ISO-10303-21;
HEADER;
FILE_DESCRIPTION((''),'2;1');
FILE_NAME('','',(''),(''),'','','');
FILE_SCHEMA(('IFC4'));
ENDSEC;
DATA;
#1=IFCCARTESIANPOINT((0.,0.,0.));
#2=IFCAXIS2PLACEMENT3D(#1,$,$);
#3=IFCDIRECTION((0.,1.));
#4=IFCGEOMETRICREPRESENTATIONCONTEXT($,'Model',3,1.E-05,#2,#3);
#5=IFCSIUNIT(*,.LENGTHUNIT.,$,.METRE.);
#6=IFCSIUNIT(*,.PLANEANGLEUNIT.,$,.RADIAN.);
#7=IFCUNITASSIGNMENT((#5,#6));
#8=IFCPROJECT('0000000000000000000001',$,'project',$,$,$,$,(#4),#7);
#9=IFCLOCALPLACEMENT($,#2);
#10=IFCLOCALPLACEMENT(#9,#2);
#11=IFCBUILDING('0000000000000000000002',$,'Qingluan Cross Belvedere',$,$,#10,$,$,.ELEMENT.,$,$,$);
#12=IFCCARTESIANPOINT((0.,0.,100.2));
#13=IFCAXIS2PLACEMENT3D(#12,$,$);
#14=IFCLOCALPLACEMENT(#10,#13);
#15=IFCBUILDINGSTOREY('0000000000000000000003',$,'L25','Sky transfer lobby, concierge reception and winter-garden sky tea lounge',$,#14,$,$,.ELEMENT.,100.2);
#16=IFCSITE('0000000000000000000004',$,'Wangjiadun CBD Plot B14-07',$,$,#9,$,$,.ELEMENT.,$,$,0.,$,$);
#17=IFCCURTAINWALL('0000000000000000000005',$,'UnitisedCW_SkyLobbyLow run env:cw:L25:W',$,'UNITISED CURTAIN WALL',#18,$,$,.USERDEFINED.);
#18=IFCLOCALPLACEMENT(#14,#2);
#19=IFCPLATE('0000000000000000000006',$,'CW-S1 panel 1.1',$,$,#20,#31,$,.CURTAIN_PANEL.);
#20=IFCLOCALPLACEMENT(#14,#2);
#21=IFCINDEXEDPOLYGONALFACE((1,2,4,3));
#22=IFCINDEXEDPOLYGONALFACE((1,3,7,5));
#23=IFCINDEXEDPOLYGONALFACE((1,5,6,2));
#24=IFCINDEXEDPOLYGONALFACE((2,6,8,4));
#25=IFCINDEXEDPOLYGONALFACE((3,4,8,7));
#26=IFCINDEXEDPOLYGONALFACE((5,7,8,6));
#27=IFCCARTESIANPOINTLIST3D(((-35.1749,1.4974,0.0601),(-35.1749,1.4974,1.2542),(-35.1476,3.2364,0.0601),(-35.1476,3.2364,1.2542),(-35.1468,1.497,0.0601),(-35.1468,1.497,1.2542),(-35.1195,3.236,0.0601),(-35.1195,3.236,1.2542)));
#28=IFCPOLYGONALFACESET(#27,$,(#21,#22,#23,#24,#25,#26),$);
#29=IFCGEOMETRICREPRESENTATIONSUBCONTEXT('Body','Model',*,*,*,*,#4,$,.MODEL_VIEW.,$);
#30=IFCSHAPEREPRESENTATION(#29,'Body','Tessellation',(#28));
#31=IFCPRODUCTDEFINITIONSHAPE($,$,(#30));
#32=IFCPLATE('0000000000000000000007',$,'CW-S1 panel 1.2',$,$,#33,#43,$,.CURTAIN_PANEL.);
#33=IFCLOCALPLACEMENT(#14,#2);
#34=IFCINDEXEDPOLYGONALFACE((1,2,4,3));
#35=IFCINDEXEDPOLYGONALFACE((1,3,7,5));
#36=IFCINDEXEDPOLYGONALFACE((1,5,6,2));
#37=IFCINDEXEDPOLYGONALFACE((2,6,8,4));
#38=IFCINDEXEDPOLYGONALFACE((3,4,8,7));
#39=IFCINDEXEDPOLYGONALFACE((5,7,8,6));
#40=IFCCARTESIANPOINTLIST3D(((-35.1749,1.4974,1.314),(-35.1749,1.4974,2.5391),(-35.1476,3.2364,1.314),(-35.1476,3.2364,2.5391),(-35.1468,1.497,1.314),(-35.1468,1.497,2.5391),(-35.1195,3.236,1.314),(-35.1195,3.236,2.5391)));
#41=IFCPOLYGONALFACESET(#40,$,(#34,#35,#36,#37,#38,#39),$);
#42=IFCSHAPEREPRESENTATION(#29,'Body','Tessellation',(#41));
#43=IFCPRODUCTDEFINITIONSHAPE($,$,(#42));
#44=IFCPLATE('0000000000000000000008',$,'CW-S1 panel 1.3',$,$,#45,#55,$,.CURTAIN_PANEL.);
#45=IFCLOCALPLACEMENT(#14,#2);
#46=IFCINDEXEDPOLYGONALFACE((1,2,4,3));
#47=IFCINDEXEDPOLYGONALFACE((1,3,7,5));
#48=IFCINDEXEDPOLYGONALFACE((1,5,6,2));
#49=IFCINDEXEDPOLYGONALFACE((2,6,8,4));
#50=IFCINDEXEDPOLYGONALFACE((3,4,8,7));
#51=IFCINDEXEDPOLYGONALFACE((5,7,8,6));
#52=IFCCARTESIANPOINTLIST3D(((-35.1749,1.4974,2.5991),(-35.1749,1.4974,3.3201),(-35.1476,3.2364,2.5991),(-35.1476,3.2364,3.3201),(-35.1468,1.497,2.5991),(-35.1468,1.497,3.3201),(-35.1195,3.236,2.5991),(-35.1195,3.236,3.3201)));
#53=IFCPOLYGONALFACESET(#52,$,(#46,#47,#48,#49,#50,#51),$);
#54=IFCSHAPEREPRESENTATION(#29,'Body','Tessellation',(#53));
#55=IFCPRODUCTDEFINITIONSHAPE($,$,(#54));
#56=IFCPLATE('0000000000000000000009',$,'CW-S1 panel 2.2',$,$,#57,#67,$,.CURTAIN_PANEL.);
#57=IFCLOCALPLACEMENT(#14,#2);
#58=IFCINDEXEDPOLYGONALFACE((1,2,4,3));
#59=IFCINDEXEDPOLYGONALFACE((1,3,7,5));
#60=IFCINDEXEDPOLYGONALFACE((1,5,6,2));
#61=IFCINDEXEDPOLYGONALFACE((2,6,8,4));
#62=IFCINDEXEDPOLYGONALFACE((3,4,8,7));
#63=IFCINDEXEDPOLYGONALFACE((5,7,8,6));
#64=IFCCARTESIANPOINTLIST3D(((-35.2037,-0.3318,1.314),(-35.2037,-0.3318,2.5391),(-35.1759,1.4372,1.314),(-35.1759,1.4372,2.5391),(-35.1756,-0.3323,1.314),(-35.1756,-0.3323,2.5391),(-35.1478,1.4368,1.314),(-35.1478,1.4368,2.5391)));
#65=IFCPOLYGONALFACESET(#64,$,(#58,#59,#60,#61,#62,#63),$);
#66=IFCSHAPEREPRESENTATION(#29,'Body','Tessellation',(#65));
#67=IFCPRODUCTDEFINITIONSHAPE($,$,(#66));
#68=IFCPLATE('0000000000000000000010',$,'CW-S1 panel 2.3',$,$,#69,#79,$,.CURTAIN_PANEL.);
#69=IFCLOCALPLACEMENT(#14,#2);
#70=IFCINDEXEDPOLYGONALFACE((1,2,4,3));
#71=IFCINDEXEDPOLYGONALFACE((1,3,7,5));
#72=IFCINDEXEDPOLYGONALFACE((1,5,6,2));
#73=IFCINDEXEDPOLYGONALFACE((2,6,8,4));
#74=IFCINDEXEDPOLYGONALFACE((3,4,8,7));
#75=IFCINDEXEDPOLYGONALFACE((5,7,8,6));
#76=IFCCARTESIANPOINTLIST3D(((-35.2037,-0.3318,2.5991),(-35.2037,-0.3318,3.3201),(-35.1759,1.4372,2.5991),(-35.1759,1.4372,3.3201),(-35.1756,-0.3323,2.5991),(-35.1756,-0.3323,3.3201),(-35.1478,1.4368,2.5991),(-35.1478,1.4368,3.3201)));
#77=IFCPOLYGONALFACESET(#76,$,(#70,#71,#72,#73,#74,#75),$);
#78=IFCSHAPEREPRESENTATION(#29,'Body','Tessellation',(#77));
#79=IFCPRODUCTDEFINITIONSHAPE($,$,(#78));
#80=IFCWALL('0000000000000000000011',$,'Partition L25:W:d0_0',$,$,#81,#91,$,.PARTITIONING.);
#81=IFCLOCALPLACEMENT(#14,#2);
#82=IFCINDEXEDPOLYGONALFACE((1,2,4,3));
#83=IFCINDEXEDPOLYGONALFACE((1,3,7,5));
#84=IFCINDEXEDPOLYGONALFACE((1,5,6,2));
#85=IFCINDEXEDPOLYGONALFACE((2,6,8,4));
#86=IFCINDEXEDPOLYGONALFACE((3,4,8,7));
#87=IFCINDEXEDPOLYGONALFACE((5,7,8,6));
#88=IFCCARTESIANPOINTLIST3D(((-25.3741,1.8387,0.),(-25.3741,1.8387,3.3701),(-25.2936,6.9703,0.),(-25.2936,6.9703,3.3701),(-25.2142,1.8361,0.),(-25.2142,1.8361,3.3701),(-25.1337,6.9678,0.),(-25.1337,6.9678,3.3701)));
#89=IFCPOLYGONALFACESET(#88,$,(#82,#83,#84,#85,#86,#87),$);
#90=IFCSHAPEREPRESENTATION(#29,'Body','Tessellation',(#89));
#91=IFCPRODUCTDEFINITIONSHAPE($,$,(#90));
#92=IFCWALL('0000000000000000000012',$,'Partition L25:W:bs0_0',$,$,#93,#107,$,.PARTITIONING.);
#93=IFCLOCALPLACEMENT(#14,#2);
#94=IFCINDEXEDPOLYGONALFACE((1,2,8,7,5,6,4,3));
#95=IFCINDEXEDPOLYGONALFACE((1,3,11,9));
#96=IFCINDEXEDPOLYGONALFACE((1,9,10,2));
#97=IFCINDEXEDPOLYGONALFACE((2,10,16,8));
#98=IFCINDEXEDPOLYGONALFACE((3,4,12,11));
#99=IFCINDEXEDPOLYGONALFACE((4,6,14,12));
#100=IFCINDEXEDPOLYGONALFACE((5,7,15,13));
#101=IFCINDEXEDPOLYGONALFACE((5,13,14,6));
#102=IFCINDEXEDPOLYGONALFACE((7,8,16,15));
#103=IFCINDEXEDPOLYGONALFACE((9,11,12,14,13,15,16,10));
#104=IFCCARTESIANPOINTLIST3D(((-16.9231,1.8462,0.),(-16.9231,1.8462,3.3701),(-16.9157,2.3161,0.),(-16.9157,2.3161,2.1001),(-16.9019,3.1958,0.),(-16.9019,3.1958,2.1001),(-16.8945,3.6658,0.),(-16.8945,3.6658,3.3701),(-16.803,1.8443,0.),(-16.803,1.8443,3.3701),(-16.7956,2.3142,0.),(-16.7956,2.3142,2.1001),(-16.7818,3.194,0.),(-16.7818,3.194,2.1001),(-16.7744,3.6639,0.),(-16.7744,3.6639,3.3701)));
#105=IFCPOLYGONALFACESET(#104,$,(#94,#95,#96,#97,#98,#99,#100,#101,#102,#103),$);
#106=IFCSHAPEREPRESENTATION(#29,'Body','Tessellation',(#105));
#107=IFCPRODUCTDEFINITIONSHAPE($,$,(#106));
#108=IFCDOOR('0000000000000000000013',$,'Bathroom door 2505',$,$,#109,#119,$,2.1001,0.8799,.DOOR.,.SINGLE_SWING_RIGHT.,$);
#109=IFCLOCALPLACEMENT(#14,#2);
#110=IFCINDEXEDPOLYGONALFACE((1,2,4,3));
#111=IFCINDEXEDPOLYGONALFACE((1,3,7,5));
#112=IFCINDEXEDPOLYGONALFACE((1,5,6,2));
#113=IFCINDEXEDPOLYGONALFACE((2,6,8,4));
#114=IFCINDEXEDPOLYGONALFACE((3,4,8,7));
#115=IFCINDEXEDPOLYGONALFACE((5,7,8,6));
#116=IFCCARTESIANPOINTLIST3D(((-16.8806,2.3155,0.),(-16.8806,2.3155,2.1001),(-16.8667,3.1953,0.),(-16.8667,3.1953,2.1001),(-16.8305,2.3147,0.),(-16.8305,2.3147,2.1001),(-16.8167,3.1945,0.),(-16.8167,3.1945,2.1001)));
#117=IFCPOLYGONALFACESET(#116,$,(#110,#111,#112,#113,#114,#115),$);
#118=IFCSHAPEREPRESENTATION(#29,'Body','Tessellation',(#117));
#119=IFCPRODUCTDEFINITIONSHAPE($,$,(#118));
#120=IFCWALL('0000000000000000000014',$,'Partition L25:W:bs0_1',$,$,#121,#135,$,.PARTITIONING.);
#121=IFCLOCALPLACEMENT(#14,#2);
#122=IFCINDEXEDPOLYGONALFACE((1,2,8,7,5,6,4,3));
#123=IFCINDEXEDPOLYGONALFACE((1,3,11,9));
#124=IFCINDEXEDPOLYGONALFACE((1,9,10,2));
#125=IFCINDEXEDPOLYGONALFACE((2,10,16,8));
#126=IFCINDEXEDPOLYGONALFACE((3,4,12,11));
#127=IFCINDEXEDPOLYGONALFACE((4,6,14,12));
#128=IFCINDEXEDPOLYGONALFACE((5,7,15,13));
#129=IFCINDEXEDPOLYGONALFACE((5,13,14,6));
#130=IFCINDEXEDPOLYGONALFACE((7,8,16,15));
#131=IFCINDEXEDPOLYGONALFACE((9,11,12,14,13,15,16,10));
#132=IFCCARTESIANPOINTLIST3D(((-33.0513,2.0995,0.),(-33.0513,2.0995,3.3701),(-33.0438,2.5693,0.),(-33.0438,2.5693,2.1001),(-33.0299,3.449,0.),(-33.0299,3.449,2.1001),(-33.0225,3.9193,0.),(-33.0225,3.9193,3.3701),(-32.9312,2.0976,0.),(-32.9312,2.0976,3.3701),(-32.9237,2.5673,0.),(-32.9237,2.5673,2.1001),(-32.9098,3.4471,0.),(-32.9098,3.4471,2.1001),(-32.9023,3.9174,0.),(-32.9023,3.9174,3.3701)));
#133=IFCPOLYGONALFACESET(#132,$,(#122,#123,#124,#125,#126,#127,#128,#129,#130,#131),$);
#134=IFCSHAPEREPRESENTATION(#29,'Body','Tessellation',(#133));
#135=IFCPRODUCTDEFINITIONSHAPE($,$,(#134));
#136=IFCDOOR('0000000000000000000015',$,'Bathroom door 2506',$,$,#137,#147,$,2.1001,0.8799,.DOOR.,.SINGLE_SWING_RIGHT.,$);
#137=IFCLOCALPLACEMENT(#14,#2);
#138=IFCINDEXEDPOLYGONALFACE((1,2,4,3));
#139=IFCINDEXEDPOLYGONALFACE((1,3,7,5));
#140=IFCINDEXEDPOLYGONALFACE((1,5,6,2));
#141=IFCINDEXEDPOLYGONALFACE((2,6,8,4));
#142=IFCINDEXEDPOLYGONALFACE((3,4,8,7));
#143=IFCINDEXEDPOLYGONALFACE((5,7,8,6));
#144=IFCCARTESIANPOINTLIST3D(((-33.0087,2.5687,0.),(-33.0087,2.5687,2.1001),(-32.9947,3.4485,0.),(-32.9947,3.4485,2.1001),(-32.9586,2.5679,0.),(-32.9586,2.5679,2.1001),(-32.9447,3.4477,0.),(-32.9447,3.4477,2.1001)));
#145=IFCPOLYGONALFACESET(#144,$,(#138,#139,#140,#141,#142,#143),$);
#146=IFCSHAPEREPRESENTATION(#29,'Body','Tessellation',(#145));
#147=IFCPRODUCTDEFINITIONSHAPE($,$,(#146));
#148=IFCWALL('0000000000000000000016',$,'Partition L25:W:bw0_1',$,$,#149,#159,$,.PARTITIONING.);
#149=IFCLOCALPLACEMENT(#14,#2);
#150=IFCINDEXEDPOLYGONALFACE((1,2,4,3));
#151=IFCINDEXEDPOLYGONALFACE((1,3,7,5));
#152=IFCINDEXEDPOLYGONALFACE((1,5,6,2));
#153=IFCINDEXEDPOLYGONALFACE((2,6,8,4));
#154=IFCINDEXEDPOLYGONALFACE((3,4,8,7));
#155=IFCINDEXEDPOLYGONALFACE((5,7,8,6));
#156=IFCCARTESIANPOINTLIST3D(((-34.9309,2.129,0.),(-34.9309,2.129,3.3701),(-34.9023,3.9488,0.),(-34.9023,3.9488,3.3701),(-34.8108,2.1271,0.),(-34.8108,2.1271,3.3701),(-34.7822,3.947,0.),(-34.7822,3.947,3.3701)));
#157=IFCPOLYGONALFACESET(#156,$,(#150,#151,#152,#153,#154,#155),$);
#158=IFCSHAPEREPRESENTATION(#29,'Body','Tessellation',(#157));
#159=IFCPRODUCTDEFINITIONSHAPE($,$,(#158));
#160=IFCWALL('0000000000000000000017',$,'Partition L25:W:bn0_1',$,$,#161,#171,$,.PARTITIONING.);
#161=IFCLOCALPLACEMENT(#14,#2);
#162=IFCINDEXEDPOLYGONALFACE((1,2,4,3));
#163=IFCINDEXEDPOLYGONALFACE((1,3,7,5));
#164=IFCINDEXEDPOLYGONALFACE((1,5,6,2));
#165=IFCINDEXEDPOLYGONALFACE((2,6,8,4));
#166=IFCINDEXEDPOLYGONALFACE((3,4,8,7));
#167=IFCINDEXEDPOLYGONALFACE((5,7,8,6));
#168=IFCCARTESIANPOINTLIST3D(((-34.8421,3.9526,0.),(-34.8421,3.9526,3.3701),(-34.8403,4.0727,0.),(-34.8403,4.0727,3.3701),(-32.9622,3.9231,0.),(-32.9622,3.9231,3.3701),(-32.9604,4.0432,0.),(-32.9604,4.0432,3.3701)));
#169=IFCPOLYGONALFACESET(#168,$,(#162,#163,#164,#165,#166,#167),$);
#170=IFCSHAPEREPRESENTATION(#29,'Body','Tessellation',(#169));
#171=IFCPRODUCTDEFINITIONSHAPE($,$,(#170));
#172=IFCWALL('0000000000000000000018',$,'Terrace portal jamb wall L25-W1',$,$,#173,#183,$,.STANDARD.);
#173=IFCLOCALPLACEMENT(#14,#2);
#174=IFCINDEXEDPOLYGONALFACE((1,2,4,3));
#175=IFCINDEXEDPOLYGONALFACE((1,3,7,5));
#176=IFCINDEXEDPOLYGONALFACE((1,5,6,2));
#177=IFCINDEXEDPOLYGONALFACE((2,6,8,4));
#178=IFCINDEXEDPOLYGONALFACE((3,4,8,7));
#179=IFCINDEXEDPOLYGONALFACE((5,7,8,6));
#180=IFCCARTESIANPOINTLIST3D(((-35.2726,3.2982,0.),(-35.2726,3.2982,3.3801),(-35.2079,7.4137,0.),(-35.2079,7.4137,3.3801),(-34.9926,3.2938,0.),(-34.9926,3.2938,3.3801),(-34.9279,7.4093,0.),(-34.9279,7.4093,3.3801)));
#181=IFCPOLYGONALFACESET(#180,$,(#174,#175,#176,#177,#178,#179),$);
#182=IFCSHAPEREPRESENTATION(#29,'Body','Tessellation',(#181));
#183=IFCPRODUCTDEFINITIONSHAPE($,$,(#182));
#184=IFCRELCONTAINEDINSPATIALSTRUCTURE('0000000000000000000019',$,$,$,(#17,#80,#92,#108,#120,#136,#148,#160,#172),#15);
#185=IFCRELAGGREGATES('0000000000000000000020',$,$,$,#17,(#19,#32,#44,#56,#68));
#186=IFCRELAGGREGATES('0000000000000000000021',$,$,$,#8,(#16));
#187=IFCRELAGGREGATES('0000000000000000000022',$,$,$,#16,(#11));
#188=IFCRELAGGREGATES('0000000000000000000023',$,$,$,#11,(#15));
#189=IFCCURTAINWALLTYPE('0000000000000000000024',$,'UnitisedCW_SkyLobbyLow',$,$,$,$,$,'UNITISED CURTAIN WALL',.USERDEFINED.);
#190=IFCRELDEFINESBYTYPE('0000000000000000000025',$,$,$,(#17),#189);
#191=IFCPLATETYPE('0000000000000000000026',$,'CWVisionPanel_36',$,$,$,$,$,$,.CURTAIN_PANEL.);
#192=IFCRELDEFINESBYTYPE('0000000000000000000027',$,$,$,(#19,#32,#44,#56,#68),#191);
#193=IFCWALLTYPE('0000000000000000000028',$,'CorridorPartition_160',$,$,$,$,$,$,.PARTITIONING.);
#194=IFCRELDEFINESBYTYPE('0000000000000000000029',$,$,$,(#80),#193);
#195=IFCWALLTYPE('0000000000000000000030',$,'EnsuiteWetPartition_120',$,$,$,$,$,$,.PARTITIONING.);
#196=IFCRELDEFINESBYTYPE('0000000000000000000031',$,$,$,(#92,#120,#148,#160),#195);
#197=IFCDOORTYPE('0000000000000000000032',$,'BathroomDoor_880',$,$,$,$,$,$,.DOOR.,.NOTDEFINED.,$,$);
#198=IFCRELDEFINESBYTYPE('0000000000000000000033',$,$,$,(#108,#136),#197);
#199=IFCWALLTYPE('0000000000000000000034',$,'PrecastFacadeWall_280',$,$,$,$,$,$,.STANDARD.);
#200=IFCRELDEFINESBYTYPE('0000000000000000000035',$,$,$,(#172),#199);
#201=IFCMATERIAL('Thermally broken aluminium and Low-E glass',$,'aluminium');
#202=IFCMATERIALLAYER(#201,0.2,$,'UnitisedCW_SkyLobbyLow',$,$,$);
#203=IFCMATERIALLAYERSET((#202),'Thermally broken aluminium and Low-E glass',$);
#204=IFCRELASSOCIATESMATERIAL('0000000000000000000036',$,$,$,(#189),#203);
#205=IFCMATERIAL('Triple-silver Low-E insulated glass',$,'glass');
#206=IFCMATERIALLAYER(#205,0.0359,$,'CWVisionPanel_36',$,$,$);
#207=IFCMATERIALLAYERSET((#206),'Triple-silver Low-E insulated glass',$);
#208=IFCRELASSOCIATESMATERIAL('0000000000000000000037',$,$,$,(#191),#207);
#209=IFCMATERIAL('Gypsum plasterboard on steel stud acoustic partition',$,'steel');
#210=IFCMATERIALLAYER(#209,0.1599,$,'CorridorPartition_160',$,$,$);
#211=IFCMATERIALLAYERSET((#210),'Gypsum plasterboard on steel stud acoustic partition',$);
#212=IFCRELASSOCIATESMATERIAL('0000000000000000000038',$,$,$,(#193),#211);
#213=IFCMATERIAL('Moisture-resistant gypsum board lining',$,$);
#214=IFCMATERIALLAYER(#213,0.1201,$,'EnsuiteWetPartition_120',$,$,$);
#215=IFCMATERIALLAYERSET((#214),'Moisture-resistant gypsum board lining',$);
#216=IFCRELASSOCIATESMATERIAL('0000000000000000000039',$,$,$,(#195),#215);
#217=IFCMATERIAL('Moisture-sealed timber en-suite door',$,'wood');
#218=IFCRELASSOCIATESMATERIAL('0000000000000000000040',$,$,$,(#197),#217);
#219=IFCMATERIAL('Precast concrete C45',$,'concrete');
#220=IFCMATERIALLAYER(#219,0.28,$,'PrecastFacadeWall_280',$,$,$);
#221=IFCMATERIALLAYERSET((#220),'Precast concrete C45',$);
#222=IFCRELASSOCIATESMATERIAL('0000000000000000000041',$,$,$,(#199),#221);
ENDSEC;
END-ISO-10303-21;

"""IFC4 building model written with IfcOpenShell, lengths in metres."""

from ifc_helpers import new_model, si_unit, direction, frame, frame_2d, origin, origin_2d, place, context, subcontext, project, spatial, rectangle, extrude, material, layer, layer_set, type_object, element, fill, aggregate, save


model = new_model("IFC4")

# Units and contexts
model_context = context("Model", 3, precision=1e-05, world=origin(), true_north=direction((0.0, 1.0)))
body_context = subcontext(model_context, "Body", "Model", "MODEL_VIEW")
ifc_project = project(units=[si_unit("LENGTHUNIT", "METRE"), si_unit("PLANEANGLEUNIT", "RADIAN")], contexts=[model_context])

# Site, building, storey
site_placement = place(None, origin())
site = spatial("IfcSite", under=ifc_project, at=site_placement, Name="Wangjiadun CBD Plot B14-07", CompositionType="ELEMENT", RefElevation=0.0)
building_placement = place(site_placement, origin())
building = spatial("IfcBuilding", under=site, at=building_placement, Name="Qingluan Cross Belvedere", CompositionType="ELEMENT")
storey_placement = place(building_placement, frame((0.0, 0.0, 100.2)))
storey = spatial("IfcBuildingStorey", under=building, at=storey_placement, Name="L25", Description="Sky transfer lobby, concierge reception and winter-garden sky tea lounge", CompositionType="ELEMENT", Elevation=100.2)

# Curtain wall
ifc_material_1 = material(Name="Thermally broken aluminium and Low-E glass", Category="aluminium")
ifc_layer_1 = layer(ifc_material_1, 0.2, Name="UnitisedCW_SkyLobbyLow")
ifc_layer_set_1 = layer_set([ifc_layer_1], Name="Thermally broken aluminium and Low-E glass")
curtain_wall_type = type_object("IfcCurtainWallType", Name="UnitisedCW_SkyLobbyLow", ElementType="UNITISED CURTAIN WALL", PredefinedType="USERDEFINED", material=ifc_layer_set_1)
curtain_wall_placement = place(storey_placement, origin())
curtain_wall = element("IfcCurtainWall", 1, at=curtain_wall_placement, inside=storey, type_object=curtain_wall_type, Name="UnitisedCW_SkyLobbyLow run env:cw:L25:W", ObjectType="UNITISED CURTAIN WALL", PredefinedType="USERDEFINED")

# Plates
ifc_material_2 = material(Name="Triple-silver Low-E insulated glass", Category="glass")
ifc_layer_2 = layer(ifc_material_2, 0.0359, Name="CWVisionPanel_36")
ifc_layer_set_2 = layer_set([ifc_layer_2], Name="Triple-silver Low-E insulated glass")
plate_type = type_object("IfcPlateType", Name="CWVisionPanel_36", PredefinedType="CURTAIN_PANEL", material=ifc_layer_set_2)
plate_1_placement = place(storey_placement, frame((-35.1472, 2.3667, 0.0601), z_axis=(0.0, 0.0, 1.0), x_axis=(-0.015707, -0.999877, 0.0)))
plate_1 = element("IfcPlate", 2, at=plate_1_placement, type_object=plate_type, Name="CW-S1 panel 1.1", PredefinedType="CURTAIN_PANEL", context=body_context, shape_type="SweptSolid", body=[
    extrude(rectangle(XDim=1.7393, YDim=0.0281, at=origin_2d()), origin(), (0.0, 0.0, 1.0), 1.1941),
])
plate_2_placement = place(storey_placement, frame((-35.1472, 2.3667, 1.314), z_axis=(0.0, 0.0, 1.0), x_axis=(-0.015707, -0.999877, 0.0)))
plate_2 = element("IfcPlate", 3, at=plate_2_placement, type_object=plate_type, Name="CW-S1 panel 1.2", PredefinedType="CURTAIN_PANEL", context=body_context, shape_type="SweptSolid", body=[
    extrude(rectangle(XDim=1.7393, YDim=0.0281, at=origin_2d()), origin(), (0.0, 0.0, 1.0), 1.2251),
])
plate_3_placement = place(storey_placement, frame((-35.1472, 2.3667, 2.5991), z_axis=(0.0, 0.0, 1.0), x_axis=(-0.015707, -0.999877, 0.0)))
plate_3 = element("IfcPlate", 4, at=plate_3_placement, type_object=plate_type, Name="CW-S1 panel 1.3", PredefinedType="CURTAIN_PANEL", context=body_context, shape_type="SweptSolid", body=[
    extrude(rectangle(XDim=1.7393, YDim=0.0281, at=origin_2d()), origin(), (0.0, 0.0, 1.0), 0.7209),
])
plate_4_placement = place(storey_placement, frame((-35.1758, 0.5525, 1.314), z_axis=(0.0, 0.0, 1.0), x_axis=(-0.015707, -0.999877, 0.0)))
plate_4 = element("IfcPlate", 5, at=plate_4_placement, type_object=plate_type, Name="CW-S1 panel 2.2", PredefinedType="CURTAIN_PANEL", context=body_context, shape_type="SweptSolid", body=[
    extrude(rectangle(XDim=1.7693, YDim=0.0281, at=origin_2d()), origin(), (0.0, 0.0, 1.0), 1.2251),
])
plate_5_placement = place(storey_placement, frame((-35.1758, 0.5525, 2.5991), z_axis=(0.0, 0.0, 1.0), x_axis=(-0.015707, -0.999877, 0.0)))
plate_5 = element("IfcPlate", 6, at=plate_5_placement, type_object=plate_type, Name="CW-S1 panel 2.3", PredefinedType="CURTAIN_PANEL", context=body_context, shape_type="SweptSolid", body=[
    extrude(rectangle(XDim=1.7693, YDim=0.0281, at=origin_2d()), origin(), (0.0, 0.0, 1.0), 0.7209),
])
aggregate(curtain_wall, [plate_1, plate_2, plate_3, plate_4, plate_5])

# Wall
ifc_material_3 = material(Name="Gypsum plasterboard on steel stud acoustic partition", Category="steel")
ifc_layer_3 = layer(ifc_material_3, 0.1599, Name="CorridorPartition_160")
ifc_layer_set_3 = layer_set([ifc_layer_3], Name="Gypsum plasterboard on steel stud acoustic partition")
wall_type_1 = type_object("IfcWallType", Name="CorridorPartition_160", PredefinedType="PARTITIONING", material=ifc_layer_set_3)
wall_1_placement = place(storey_placement, frame((-25.2942, 1.8374, 0.0), z_axis=(0.0, 0.0, 1.0), x_axis=(0.015698, 0.999877, 0.0)))
element("IfcWall", 7, at=wall_1_placement, inside=storey, type_object=wall_type_1, Name="Partition L25:W:d0_0", PredefinedType="PARTITIONING", context=body_context, shape_type="SweptSolid", body=[
    extrude(rectangle(XDim=5.1323, YDim=0.1599, at=frame_2d((2.5662, 0.0))), origin(), (0.0, 0.0, 1.0), 3.3701),
])

# Walls, openings, doors
ifc_material_4 = material(Name="Moisture-resistant gypsum board lining")
ifc_layer_4 = layer(ifc_material_4, 0.1201, Name="EnsuiteWetPartition_120")
ifc_layer_set_4 = layer_set([ifc_layer_4], Name="Moisture-resistant gypsum board lining")
wall_type_2 = type_object("IfcWallType", Name="EnsuiteWetPartition_120", PredefinedType="PARTITIONING", material=ifc_layer_set_4)
wall_2_placement = place(storey_placement, frame((-16.863, 1.8452, 0.0), z_axis=(0.0, 0.0, 1.0), x_axis=(0.015696, 0.999877, 0.0)))
wall_2 = element("IfcWall", 8, at=wall_2_placement, inside=storey, type_object=wall_type_2, Name="Partition L25:W:bs0_0", PredefinedType="PARTITIONING", context=body_context, shape_type="SweptSolid", body=[
    extrude(rectangle(XDim=1.8198, YDim=0.1201, at=frame_2d((0.9099, 0.0))), origin(), (0.0, 0.0, 1.0), 3.3701),
])
opening_1_placement = place(wall_2_placement, frame((0.47, 0.0, 0.0)))
opening_1 = element("IfcOpeningElement", 9, at=opening_1_placement, cuts=wall_2, PredefinedType="OPENING", context=body_context, shape_type="SweptSolid", body=[
    extrude(rectangle(XDim=0.8799, YDim=2.1001, at=frame_2d((0.4399, 1.05))), frame((0.0, 0.0701, 0.0), z_axis=(0.0, -1.0, 0.0), x_axis=(1.0, 0.0, 0.0)), (0.0, 0.0, 1.0), 0.1401),
])
ifc_material_5 = material(Name="Moisture-sealed timber en-suite door", Category="wood")
door_type = type_object("IfcDoorType", Name="BathroomDoor_880", OperationType="NOTDEFINED", PredefinedType="DOOR", material=ifc_material_5)
door_1_placement = place(opening_1_placement, origin())
door_1 = element("IfcDoor", 10, at=door_1_placement, inside=storey, type_object=door_type, Name="Bathroom door 2505", OperationType="SINGLE_SWING_RIGHT", OverallHeight=2.1001, OverallWidth=0.8799, PredefinedType="DOOR", context=body_context, shape_type="SweptSolid", body=[
    extrude(rectangle(XDim=0.8799, YDim=2.1001, at=frame_2d((0.4399, 1.05))), frame((0.0, 0.0249, 0.0), z_axis=(0.0, -1.0, 0.0), x_axis=(1.0, 0.0, 0.0)), (0.0, 0.0, 1.0), 0.05),
])
fill(opening_1, door_1)
wall_3_placement = place(storey_placement, frame((-32.9912, 2.0984, 0.0), z_axis=(0.0, 0.0, 1.0), x_axis=(0.015828, 0.999875, 0.0)))
wall_3 = element("IfcWall", 11, at=wall_3_placement, inside=storey, type_object=wall_type_2, Name="Partition L25:W:bs0_1", PredefinedType="PARTITIONING", context=body_context, shape_type="SweptSolid", body=[
    extrude(rectangle(XDim=1.8201, YDim=0.1201, at=frame_2d((0.9102, 0.0))), origin(), (0.0, 0.0, 1.0), 3.3701),
])
opening_2_placement = place(wall_3_placement, frame((0.47, 0.0, 0.0)))
opening_2 = element("IfcOpeningElement", 12, at=opening_2_placement, cuts=wall_3, PredefinedType="OPENING", context=body_context, shape_type="SweptSolid", body=[
    extrude(rectangle(XDim=0.8799, YDim=2.1001, at=frame_2d((0.4399, 1.05))), frame((0.0, 0.0701, 0.0), z_axis=(0.0, -1.0, 0.0), x_axis=(1.0, 0.0, 0.0)), (0.0, 0.0, 1.0), 0.1401),
])
door_2_placement = place(opening_2_placement, origin())
door_2 = element("IfcDoor", 13, at=door_2_placement, inside=storey, type_object=door_type, Name="Bathroom door 2506", OperationType="SINGLE_SWING_RIGHT", OverallHeight=2.1001, OverallWidth=0.8799, PredefinedType="DOOR", context=body_context, shape_type="SweptSolid", body=[
    extrude(rectangle(XDim=0.8799, YDim=2.1001, at=frame_2d((0.4399, 1.05))), frame((0.0, 0.0249, 0.0), z_axis=(0.0, -1.0, 0.0), x_axis=(1.0, 0.0, 0.0)), (0.0, 0.0, 1.0), 0.05),
])
fill(opening_2, door_2)

# Walls
wall_4_placement = place(storey_placement, frame((-34.8708, 2.1279, 0.0), z_axis=(0.0, 0.0, 1.0), x_axis=(0.015694, 0.999877, 0.0)))
element("IfcWall", 14, at=wall_4_placement, inside=storey, type_object=wall_type_2, Name="Partition L25:W:bw0_1", PredefinedType="PARTITIONING", context=body_context, shape_type="SweptSolid", body=[
    extrude(rectangle(XDim=1.8201, YDim=0.1201, at=frame_2d((0.9102, 0.0))), origin(), (0.0, 0.0, 1.0), 3.3701),
])
wall_5_placement = place(storey_placement, frame((-32.9614, 3.9832, 0.0), z_axis=(0.0, 0.0, 1.0), x_axis=(-0.999877, 0.015712, 0.0)))
element("IfcWall", 15, at=wall_5_placement, inside=storey, type_object=wall_type_2, Name="Partition L25:W:bn0_1", PredefinedType="PARTITIONING", context=body_context, shape_type="SweptSolid", body=[
    extrude(rectangle(XDim=1.8801, YDim=0.1201, at=frame_2d((0.9399, 0.0))), origin(), (0.0, 0.0, 1.0), 3.3701),
])
ifc_material_6 = material(Name="Precast concrete C45", Category="concrete")
ifc_layer_5 = layer(ifc_material_6, 0.28, Name="PrecastFacadeWall_280")
ifc_layer_set_5 = layer_set([ifc_layer_5], Name="Precast concrete C45")
wall_type_3 = type_object("IfcWallType", Name="PrecastFacadeWall_280", PredefinedType="STANDARD", material=ifc_layer_set_5)
wall_6_placement = place(storey_placement, frame((-35.0679, 7.4116, 0.0), z_axis=(0.0, 0.0, 1.0), x_axis=(-0.015719, -0.999876, 0.0)))
element("IfcWall", 16, at=wall_6_placement, inside=storey, type_object=wall_type_3, Name="Terrace portal jamb wall L25-W1", PredefinedType="STANDARD", context=body_context, shape_type="SweptSolid", body=[
    extrude(rectangle(XDim=4.116, YDim=0.28, at=frame_2d((2.0581, 0.0))), origin(), (0.0, 0.0, 1.0), 3.3801),
])

save(model, "model.ifc")
